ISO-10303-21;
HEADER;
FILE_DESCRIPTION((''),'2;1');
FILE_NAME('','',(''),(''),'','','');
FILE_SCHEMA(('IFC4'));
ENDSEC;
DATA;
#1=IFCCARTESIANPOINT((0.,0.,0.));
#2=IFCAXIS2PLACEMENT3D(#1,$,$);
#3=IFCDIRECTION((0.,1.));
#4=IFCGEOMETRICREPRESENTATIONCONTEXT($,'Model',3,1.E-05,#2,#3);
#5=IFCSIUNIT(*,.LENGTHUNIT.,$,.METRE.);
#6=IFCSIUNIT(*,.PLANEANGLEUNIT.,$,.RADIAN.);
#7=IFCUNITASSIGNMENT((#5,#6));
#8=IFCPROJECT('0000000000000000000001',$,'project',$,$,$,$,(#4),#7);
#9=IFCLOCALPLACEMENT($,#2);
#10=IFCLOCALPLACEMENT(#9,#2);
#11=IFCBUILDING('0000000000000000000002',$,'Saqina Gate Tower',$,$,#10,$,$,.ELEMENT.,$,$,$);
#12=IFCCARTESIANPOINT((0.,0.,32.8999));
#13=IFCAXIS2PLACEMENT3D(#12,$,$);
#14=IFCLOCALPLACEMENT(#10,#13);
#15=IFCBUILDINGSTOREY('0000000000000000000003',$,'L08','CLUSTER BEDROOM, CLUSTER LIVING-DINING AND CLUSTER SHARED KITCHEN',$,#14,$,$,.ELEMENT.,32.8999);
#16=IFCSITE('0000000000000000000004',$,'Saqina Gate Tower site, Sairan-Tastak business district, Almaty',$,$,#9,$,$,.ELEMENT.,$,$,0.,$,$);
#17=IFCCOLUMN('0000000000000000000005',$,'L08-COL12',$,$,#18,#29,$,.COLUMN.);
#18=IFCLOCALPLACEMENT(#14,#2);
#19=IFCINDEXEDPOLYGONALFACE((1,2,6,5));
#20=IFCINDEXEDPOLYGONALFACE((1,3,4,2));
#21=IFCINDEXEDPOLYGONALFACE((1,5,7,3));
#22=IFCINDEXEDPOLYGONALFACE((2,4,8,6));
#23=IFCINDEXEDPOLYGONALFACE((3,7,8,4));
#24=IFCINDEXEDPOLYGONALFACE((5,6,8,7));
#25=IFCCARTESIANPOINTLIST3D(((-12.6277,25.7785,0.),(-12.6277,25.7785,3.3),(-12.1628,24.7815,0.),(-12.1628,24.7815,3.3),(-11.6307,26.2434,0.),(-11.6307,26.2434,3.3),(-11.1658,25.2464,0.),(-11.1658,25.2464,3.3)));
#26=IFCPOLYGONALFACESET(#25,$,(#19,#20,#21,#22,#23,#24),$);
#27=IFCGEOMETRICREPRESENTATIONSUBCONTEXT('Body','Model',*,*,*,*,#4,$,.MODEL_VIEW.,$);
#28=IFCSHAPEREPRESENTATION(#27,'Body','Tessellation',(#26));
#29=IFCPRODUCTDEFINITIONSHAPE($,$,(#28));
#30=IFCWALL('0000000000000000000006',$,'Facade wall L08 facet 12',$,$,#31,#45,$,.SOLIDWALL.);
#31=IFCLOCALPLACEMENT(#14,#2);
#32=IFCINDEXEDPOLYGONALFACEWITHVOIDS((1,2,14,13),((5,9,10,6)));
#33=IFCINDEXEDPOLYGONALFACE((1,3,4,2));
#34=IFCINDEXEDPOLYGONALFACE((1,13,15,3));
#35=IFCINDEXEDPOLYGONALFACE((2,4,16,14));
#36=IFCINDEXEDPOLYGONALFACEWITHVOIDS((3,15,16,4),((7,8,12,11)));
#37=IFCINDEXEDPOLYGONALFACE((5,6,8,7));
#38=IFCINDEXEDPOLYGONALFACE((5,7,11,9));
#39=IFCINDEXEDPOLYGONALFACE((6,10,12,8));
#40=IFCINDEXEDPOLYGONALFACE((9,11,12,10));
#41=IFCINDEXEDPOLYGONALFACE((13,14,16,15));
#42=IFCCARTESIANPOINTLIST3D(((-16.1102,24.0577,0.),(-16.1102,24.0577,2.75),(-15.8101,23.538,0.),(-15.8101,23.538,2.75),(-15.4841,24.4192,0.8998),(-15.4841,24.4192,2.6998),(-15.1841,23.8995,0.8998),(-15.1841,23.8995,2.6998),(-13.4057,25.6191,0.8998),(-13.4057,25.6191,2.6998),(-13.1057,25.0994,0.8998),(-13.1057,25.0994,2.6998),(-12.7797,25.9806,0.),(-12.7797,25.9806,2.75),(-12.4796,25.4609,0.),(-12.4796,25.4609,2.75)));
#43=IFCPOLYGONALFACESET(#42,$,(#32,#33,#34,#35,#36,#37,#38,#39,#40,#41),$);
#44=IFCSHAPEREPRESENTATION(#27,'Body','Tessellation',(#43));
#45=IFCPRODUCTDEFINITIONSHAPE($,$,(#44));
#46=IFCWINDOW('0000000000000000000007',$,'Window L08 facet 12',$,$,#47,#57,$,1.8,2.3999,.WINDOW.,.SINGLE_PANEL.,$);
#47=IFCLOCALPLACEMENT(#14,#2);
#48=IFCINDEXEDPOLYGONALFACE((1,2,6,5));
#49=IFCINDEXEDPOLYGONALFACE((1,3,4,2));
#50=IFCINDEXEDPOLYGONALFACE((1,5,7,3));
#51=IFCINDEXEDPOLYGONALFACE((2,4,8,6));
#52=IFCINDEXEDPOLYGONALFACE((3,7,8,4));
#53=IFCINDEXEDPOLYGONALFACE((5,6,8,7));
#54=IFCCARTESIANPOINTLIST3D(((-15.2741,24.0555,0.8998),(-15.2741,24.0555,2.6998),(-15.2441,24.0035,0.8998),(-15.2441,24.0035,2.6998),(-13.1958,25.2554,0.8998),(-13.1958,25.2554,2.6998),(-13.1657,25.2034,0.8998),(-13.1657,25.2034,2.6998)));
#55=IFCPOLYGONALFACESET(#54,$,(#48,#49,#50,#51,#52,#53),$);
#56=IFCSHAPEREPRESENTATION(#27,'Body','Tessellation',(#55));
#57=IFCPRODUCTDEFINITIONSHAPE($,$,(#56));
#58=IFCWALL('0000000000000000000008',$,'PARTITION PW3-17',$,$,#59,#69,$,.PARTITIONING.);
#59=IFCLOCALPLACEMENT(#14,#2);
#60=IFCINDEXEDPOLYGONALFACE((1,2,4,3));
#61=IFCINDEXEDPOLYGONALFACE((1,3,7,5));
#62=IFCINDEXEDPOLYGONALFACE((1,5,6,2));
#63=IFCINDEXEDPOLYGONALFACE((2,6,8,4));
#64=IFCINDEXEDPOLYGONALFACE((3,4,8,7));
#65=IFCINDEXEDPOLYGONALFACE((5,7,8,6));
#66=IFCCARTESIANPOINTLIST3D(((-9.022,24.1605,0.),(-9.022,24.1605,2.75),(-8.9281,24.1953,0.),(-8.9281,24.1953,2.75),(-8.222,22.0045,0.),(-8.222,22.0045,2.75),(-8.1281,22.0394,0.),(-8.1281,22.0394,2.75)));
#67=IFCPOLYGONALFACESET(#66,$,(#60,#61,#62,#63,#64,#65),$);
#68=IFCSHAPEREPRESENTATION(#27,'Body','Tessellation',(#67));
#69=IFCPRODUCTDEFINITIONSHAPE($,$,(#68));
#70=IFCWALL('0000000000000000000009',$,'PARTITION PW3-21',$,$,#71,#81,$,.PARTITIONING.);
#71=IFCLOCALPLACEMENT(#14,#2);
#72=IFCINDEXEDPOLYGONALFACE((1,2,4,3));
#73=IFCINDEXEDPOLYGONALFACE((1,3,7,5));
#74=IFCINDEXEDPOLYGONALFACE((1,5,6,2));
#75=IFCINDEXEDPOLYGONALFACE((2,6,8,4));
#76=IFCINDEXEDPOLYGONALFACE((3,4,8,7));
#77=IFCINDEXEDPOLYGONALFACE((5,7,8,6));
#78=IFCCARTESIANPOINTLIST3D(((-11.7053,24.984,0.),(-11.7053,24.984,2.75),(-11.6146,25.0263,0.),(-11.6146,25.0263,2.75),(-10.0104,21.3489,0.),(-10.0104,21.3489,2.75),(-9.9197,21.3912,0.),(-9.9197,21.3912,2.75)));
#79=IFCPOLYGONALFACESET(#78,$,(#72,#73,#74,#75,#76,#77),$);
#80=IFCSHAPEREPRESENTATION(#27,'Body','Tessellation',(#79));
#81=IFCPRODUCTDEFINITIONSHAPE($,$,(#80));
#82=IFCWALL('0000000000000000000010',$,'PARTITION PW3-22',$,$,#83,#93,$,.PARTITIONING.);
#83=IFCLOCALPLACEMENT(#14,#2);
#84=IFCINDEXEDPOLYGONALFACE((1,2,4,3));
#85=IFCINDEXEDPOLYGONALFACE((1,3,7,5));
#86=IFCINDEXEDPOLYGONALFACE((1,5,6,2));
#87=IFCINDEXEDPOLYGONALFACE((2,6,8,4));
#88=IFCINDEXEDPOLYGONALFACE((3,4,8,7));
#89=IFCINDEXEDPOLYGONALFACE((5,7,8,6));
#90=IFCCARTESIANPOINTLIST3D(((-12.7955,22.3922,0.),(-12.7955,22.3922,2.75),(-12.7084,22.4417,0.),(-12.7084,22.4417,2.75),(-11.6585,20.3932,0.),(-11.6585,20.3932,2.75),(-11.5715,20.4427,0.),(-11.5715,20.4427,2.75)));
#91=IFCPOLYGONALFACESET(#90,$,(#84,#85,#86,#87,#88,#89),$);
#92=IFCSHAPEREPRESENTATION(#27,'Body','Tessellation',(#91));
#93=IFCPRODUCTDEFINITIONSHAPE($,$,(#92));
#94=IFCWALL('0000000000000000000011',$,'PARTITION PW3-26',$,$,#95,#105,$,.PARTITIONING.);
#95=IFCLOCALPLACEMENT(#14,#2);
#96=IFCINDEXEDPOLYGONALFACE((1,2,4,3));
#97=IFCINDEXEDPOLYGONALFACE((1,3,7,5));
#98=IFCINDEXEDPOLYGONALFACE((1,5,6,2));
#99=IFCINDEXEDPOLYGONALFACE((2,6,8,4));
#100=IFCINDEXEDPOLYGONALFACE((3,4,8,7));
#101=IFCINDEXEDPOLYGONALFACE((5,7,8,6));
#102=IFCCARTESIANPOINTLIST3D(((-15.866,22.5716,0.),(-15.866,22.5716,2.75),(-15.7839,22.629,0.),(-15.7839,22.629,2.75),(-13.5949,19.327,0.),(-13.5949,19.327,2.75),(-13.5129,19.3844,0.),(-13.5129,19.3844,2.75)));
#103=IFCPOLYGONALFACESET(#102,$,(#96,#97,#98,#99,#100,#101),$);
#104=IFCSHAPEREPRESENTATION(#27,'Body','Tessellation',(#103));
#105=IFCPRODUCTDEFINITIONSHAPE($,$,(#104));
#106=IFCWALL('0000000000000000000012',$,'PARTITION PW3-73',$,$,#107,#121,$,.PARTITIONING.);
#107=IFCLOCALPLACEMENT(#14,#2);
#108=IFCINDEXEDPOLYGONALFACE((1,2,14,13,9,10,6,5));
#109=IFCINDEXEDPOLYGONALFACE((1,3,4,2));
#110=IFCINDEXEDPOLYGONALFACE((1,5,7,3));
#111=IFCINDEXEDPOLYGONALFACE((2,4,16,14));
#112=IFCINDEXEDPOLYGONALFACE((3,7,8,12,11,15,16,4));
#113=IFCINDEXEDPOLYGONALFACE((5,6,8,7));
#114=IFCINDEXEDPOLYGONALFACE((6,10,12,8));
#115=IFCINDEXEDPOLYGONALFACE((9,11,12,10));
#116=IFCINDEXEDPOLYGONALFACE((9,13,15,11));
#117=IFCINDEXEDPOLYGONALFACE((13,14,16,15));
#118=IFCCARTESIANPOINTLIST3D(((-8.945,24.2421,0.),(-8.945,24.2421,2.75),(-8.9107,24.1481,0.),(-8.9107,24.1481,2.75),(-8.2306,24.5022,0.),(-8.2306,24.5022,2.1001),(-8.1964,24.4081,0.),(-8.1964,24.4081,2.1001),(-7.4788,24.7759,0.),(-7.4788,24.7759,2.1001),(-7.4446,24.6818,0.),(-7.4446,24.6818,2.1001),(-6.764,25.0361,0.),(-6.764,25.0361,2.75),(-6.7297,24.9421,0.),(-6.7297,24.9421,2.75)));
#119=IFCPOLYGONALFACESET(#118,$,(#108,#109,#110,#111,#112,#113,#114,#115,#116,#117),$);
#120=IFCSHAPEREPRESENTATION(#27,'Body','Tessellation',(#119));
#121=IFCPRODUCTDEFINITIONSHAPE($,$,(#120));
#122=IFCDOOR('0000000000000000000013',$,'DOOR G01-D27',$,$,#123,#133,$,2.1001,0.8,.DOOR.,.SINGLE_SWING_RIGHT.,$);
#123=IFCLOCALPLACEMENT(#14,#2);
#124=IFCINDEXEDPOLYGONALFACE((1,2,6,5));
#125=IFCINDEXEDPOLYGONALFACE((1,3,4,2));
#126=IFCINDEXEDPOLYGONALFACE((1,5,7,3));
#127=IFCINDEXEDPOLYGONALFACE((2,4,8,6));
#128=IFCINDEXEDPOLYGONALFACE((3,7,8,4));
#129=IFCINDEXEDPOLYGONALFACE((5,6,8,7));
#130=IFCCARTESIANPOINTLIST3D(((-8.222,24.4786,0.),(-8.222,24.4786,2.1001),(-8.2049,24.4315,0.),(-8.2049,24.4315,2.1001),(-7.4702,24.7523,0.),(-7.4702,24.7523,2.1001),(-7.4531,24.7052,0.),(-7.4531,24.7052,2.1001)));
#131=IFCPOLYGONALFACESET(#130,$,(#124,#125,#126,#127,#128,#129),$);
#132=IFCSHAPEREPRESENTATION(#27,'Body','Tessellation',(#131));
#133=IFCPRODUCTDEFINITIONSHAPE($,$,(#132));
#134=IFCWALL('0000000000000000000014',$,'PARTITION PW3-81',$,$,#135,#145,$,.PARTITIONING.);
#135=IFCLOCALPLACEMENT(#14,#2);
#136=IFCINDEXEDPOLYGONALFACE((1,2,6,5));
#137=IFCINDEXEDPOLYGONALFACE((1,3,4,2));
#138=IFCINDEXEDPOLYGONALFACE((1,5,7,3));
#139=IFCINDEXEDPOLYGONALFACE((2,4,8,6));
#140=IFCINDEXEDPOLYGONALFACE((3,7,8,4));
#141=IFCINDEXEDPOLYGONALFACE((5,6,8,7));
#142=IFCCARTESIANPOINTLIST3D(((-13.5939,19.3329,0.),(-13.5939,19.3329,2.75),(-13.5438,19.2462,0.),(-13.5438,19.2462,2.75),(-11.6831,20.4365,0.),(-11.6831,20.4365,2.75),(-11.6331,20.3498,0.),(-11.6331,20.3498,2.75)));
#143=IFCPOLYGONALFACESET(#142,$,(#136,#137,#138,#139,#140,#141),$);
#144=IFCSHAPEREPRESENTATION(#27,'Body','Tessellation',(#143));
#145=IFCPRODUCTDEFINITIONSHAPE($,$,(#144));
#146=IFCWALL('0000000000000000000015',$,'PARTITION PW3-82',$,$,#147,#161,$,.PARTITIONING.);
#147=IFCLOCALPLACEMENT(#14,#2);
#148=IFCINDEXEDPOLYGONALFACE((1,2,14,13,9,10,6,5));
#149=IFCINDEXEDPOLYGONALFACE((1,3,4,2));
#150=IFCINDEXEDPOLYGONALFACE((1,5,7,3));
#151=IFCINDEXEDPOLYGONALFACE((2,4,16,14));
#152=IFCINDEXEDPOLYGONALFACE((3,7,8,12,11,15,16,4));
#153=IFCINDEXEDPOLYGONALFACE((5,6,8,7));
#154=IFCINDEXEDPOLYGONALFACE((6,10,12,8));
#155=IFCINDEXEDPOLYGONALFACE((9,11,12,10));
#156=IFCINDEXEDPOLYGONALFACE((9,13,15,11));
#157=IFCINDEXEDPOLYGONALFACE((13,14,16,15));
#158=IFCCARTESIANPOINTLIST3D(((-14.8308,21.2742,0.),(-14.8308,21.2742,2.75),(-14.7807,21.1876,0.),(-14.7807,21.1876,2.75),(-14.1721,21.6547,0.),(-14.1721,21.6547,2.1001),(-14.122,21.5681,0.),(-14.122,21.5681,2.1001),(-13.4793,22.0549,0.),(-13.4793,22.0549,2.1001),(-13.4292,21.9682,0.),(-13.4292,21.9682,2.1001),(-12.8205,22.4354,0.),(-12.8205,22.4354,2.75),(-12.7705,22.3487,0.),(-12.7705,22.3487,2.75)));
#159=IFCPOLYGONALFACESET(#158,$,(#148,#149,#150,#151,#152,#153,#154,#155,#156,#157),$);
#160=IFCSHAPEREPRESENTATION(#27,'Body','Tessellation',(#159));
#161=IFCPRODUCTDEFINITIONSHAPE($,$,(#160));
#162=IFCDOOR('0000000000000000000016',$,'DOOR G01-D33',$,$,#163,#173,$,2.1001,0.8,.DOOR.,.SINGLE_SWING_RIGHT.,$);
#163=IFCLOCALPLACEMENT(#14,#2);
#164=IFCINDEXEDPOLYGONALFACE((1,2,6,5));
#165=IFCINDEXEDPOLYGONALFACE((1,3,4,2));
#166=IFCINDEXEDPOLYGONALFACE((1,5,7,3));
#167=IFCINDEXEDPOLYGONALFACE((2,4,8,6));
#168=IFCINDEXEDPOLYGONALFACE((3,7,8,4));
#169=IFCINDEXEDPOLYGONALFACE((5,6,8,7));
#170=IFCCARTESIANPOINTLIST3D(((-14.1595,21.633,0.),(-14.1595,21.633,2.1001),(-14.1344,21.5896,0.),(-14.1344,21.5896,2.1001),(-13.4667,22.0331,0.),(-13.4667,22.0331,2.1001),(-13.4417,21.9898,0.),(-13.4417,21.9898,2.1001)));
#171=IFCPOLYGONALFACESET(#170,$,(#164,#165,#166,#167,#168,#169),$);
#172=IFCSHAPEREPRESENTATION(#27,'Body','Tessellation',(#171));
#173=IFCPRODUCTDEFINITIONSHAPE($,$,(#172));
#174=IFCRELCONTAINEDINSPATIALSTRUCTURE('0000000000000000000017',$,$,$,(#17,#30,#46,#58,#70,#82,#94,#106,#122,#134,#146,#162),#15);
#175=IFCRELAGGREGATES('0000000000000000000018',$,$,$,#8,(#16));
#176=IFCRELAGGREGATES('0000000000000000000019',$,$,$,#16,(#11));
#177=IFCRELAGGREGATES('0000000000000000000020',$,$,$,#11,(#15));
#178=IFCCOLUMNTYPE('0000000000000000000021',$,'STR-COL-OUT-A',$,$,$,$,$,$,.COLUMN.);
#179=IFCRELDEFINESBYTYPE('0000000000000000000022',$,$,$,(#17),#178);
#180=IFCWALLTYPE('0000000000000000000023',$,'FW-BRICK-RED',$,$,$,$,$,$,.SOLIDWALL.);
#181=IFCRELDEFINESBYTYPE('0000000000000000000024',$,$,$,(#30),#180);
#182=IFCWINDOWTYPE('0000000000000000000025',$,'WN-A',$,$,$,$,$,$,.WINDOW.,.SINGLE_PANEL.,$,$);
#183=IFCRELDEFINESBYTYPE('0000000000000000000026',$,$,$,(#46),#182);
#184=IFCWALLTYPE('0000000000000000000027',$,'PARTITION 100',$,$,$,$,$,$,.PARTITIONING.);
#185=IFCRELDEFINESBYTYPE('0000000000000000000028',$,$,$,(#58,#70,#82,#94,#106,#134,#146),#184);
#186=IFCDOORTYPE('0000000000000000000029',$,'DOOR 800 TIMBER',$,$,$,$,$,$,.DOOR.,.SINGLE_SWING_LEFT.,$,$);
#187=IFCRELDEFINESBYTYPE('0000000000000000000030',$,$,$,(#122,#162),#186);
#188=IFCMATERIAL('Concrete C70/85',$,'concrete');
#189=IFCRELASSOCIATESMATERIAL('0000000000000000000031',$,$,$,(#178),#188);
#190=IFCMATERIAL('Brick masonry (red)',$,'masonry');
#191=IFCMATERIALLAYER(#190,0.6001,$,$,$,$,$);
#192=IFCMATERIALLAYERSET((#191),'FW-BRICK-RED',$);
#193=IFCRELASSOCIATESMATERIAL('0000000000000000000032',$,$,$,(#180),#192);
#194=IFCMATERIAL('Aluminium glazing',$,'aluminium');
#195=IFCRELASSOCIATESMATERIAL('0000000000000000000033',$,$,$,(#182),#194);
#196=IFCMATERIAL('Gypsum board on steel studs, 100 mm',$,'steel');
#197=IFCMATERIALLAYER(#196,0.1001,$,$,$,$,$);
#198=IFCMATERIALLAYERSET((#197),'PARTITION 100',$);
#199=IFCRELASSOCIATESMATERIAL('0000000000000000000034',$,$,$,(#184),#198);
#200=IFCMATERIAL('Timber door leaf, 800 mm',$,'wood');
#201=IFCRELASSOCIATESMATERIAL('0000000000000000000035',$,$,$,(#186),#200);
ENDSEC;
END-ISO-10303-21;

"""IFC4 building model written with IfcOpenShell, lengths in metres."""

from ifc_helpers import new_model, si_unit, direction, frame, frame_2d, origin, origin_2d, place, context, subcontext, project, spatial, rectangle, extrude, material, layer, layer_set, material_profile, profile_set, type_object, element, fill, save


model = new_model("IFC4")

# Units and contexts
model_context = context("Model", 3, precision=1e-05, world=origin(), true_north=direction((0.0, 1.0)))
body_context = subcontext(model_context, "Body", "Model", "MODEL_VIEW")
ifc_project = project(units=[si_unit("LENGTHUNIT", "METRE"), si_unit("PLANEANGLEUNIT", "RADIAN")], contexts=[model_context])

# Site, building, storey
site_placement = place(None, origin())
site = spatial("IfcSite", under=ifc_project, at=site_placement, Name="Saqina Gate Tower site, Sairan-Tastak business district, Almaty", CompositionType="ELEMENT", RefElevation=0.0)
building_placement = place(site_placement, origin())
building = spatial("IfcBuilding", under=site, at=building_placement, Name="Saqina Gate Tower", CompositionType="ELEMENT")
storey_placement = place(building_placement, frame((0.0, 0.0, 32.8999)))
storey = spatial("IfcBuildingStorey", under=building, at=storey_placement, Name="L08", Description="CLUSTER BEDROOM, CLUSTER LIVING-DINING AND CLUSTER SHARED KITCHEN", CompositionType="ELEMENT", Elevation=32.8999)

# Column
ifc_material_1 = material(Name="Concrete C70/85", Category="concrete")
ifc_material_profile = material_profile(ifc_material_1, rectangle(XDim=1.1001, YDim=1.1001, at=origin_2d()), Name="RC 1100x1100")
ifc_profile_set = profile_set([ifc_material_profile], Name="Concrete C70/85")
column_type = type_object("IfcColumnType", Name="STR-COL-OUT-A", PredefinedType="COLUMN", material=ifc_profile_set)
column_placement = place(storey_placement, frame((-11.8967, 25.5125, 0.0), z_axis=(0.0, 0.0, 1.0), x_axis=(-0.422618, 0.906308, 0.0)))
element("IfcColumn", 1, at=column_placement, inside=storey, type_object=column_type, Name="L08-COL12", PredefinedType="COLUMN", context=body_context, shape_type="SweptSolid", body=[
    extrude(rectangle(XDim=1.1001, YDim=1.1001, at=origin_2d()), origin(), (0.0, 0.0, 1.0), 3.3),
])

# Wall, opening, window
ifc_material_2 = material(Name="Brick masonry (red)", Category="masonry")
ifc_layer_1 = layer(ifc_material_2, 0.6001)
ifc_layer_set_1 = layer_set([ifc_layer_1], Name="FW-BRICK-RED")
wall_type_1 = type_object("IfcWallType", Name="FW-BRICK-RED", PredefinedType="SOLIDWALL", material=ifc_layer_set_1)
wall_1_placement = place(storey_placement, frame((-12.6296, 25.7207, 0.0), z_axis=(0.0, 0.0, 1.0), x_axis=(-0.866031, -0.49999, 0.0)))
wall_1 = element("IfcWall", 2, at=wall_1_placement, inside=storey, type_object=wall_type_1, Name="Facade wall L08 facet 12", PredefinedType="SOLIDWALL", context=body_context, shape_type="SweptSolid", body=[
    extrude(rectangle(XDim=3.8457, YDim=0.6001, at=frame_2d((1.9229, 0.0))), origin(), (0.0, 0.0, 1.0), 2.75),
])
opening_1_placement = place(wall_1_placement, frame((0.7229, 0.0, 0.8999)))
opening_1 = element("IfcOpeningElement", 3, at=opening_1_placement, cuts=wall_1, PredefinedType="OPENING", context=body_context, shape_type="SweptSolid", body=[
    extrude(rectangle(XDim=2.3999, YDim=1.8, at=frame_2d((1.2, 0.8999))), frame((0.0, 0.312, 0.0), z_axis=(0.0, -1.0, 0.0), x_axis=(1.0, 0.0, 0.0)), (0.0, 0.0, 1.0), 0.624),
])
ifc_material_3 = material(Name="Aluminium glazing", Category="aluminium")
window_type = type_object("IfcWindowType", Name="WN-A", PartitioningType="SINGLE_PANEL", PredefinedType="WINDOW", material=ifc_material_3)
window_placement = place(opening_1_placement, origin())
window = element("IfcWindow", 4, at=window_placement, inside=storey, type_object=window_type, Name="Window L08 facet 12", OverallHeight=1.8, OverallWidth=2.3999, PartitioningType="SINGLE_PANEL", PredefinedType="WINDOW", context=body_context, shape_type="SweptSolid", body=[
    extrude(rectangle(XDim=2.3999, YDim=1.8, at=frame_2d((1.2, 0.8999))), frame((0.0, 0.1799, 0.0), z_axis=(0.0, -1.0, 0.0), x_axis=(1.0, 0.0, 0.0)), (0.0, 0.0, 1.0), 0.0601),
])
fill(opening_1, window)

# Walls
ifc_material_4 = material(Name="Gypsum board on steel studs, 100 mm", Category="steel")
ifc_layer_2 = layer(ifc_material_4, 0.1001)
ifc_layer_set_2 = layer_set([ifc_layer_2], Name="PARTITION 100")
wall_type_2 = type_object("IfcWallType", Name="PARTITION 100", PredefinedType="PARTITIONING", material=ifc_layer_set_2)
wall_2_placement = place(storey_placement, frame((-8.9751, 24.178, 0.0), z_axis=(0.0, 0.0, 1.0), x_axis=(0.347899, -0.937532, 0.0)))
element("IfcWall", 5, at=wall_2_placement, inside=storey, type_object=wall_type_2, Name="PARTITION PW3-17", PredefinedType="PARTITIONING", context=body_context, shape_type="SweptSolid", body=[
    extrude(rectangle(XDim=2.2996, YDim=0.1001, at=frame_2d((1.1499, 0.0))), origin(), (0.0, 0.0, 1.0), 2.75),
])
wall_3_placement = place(storey_placement, frame((-11.6599, 25.0051, 0.0), z_axis=(0.0, 0.0, 1.0), x_axis=(0.422576, -0.906328, 0.0)))
element("IfcWall", 6, at=wall_3_placement, inside=storey, type_object=wall_type_2, Name="PARTITION PW3-21", PredefinedType="PARTITIONING", context=body_context, shape_type="SweptSolid", body=[
    extrude(rectangle(XDim=4.0107, YDim=0.1001, at=frame_2d((2.0054, 0.0))), origin(), (0.0, 0.0, 1.0), 2.75),
])
wall_4_placement = place(storey_placement, frame((-12.752, 22.417, 0.0), z_axis=(0.0, 0.0, 1.0), x_axis=(0.494389, -0.869241, 0.0)))
element("IfcWall", 7, at=wall_4_placement, inside=storey, type_object=wall_type_2, Name="PARTITION PW3-22", PredefinedType="PARTITIONING", context=body_context, shape_type="SweptSolid", body=[
    extrude(rectangle(XDim=2.2998, YDim=0.1001, at=frame_2d((1.1499, 0.0))), origin(), (0.0, 0.0, 1.0), 2.75),
])
wall_5_placement = place(storey_placement, frame((-15.825, 22.6003, 0.0), z_axis=(0.0, 0.0, 1.0), x_axis=(0.573421, -0.819261, 0.0)))
element("IfcWall", 8, at=wall_5_placement, inside=storey, type_object=wall_type_2, Name="PARTITION PW3-26", PredefinedType="PARTITIONING", context=body_context, shape_type="SweptSolid", body=[
    extrude(rectangle(XDim=3.9604, YDim=0.1001, at=frame_2d((1.9802, 0.0))), origin(), (0.0, 0.0, 1.0), 2.75),
])

# Wall, opening, door
wall_6_placement = place(storey_placement, frame((-8.928, 24.1951, 0.0), z_axis=(0.0, 0.0, 1.0), x_axis=(0.939671, 0.342081, 0.0)))
wall_6 = element("IfcWall", 9, at=wall_6_placement, inside=storey, type_object=wall_type_2, Name="PARTITION PW3-73", PredefinedType="PARTITIONING", context=body_context, shape_type="SweptSolid", body=[
    extrude(rectangle(XDim=2.321, YDim=0.1001, at=frame_2d((1.1606, 0.0))), origin(), (0.0, 0.0, 1.0), 2.75),
])
opening_2_placement = place(wall_6_placement, frame((0.7605, 0.0, 0.0)))
opening_2 = element("IfcOpeningElement", 10, at=opening_2_placement, cuts=wall_6, PredefinedType="OPENING", context=body_context, shape_type="SweptSolid", body=[
    extrude(rectangle(XDim=0.8, YDim=2.1001, at=frame_2d((0.3999, 1.05))), frame((0.0, 0.062, 0.0), z_axis=(0.0, -1.0, 0.0), x_axis=(1.0, 0.0, 0.0)), (0.0, 0.0, 1.0), 0.124),
])
ifc_material_5 = material(Name="Timber door leaf, 800 mm", Category="wood")
door_type_1 = type_object("IfcDoorType", Name="DOOR 800 TIMBER", OperationType="SINGLE_SWING_LEFT", PredefinedType="DOOR", material=ifc_material_5)
door_1_placement = place(opening_2_placement, origin())
door_1 = element("IfcDoor", 11, at=door_1_placement, inside=storey, type_object=door_type_1, Name="DOOR G01-D27", OperationType="SINGLE_SWING_RIGHT", OverallHeight=2.1001, OverallWidth=0.8, PredefinedType="DOOR", context=body_context, shape_type="SweptSolid", body=[
    extrude(rectangle(XDim=0.8, YDim=2.1001, at=frame_2d((0.3999, 1.05))), frame((0.0, 0.0249, 0.0), z_axis=(0.0, -1.0, 0.0), x_axis=(1.0, 0.0, 0.0)), (0.0, 0.0, 1.0), 0.05),
])
fill(opening_2, door_1)

# Wall
wall_7_placement = place(storey_placement, frame((-13.5688, 19.2896, 0.0), z_axis=(0.0, 0.0, 1.0), x_axis=(0.865946, 0.500137, 0.0)))
element("IfcWall", 12, at=wall_7_placement, inside=storey, type_object=wall_type_2, Name="PARTITION PW3-81", PredefinedType="PARTITIONING", context=body_context, shape_type="SweptSolid", body=[
    extrude(rectangle(XDim=2.2065, YDim=0.1001, at=frame_2d((1.1033, 0.0))), origin(), (0.0, 0.0, 1.0), 2.75),
])

# Wall, opening, door
wall_8_placement = place(storey_placement, frame((-14.8057, 21.231, 0.0), z_axis=(0.0, 0.0, 1.0), x_axis=(0.86593, 0.500165, 0.0)))
wall_8 = element("IfcWall", 13, at=wall_8_placement, inside=storey, type_object=wall_type_2, Name="PARTITION PW3-82", PredefinedType="PARTITIONING", context=body_context, shape_type="SweptSolid", body=[
    extrude(rectangle(XDim=2.3215, YDim=0.1001, at=frame_2d((1.1606, 0.0))), origin(), (0.0, 0.0, 1.0), 2.75),
])
opening_3_placement = place(wall_8_placement, frame((0.7607, 0.0, 0.0)))
opening_3 = element("IfcOpeningElement", 14, at=opening_3_placement, cuts=wall_8, PredefinedType="OPENING", context=body_context, shape_type="SweptSolid", body=[
    extrude(rectangle(XDim=0.8, YDim=2.1001, at=frame_2d((0.3999, 1.05))), frame((0.0, 0.062, 0.0), z_axis=(0.0, -1.0, 0.0), x_axis=(1.0, 0.0, 0.0)), (0.0, 0.0, 1.0), 0.124),
])
door_2_placement = place(opening_3_placement, origin())
door_2 = element("IfcDoor", 15, at=door_2_placement, inside=storey, type_object=door_type_1, Name="DOOR G01-D33", OperationType="SINGLE_SWING_RIGHT", OverallHeight=2.1001, OverallWidth=0.8, PredefinedType="DOOR", context=body_context, shape_type="SweptSolid", body=[
    extrude(rectangle(XDim=0.8, YDim=2.1001, at=frame_2d((0.3999, 1.05))), frame((0.0, 0.0249, 0.0), z_axis=(0.0, -1.0, 0.0), x_axis=(1.0, 0.0, 0.0)), (0.0, 0.0, 1.0), 0.05),
])
fill(opening_3, door_2)

save(model, "model.ifc")
